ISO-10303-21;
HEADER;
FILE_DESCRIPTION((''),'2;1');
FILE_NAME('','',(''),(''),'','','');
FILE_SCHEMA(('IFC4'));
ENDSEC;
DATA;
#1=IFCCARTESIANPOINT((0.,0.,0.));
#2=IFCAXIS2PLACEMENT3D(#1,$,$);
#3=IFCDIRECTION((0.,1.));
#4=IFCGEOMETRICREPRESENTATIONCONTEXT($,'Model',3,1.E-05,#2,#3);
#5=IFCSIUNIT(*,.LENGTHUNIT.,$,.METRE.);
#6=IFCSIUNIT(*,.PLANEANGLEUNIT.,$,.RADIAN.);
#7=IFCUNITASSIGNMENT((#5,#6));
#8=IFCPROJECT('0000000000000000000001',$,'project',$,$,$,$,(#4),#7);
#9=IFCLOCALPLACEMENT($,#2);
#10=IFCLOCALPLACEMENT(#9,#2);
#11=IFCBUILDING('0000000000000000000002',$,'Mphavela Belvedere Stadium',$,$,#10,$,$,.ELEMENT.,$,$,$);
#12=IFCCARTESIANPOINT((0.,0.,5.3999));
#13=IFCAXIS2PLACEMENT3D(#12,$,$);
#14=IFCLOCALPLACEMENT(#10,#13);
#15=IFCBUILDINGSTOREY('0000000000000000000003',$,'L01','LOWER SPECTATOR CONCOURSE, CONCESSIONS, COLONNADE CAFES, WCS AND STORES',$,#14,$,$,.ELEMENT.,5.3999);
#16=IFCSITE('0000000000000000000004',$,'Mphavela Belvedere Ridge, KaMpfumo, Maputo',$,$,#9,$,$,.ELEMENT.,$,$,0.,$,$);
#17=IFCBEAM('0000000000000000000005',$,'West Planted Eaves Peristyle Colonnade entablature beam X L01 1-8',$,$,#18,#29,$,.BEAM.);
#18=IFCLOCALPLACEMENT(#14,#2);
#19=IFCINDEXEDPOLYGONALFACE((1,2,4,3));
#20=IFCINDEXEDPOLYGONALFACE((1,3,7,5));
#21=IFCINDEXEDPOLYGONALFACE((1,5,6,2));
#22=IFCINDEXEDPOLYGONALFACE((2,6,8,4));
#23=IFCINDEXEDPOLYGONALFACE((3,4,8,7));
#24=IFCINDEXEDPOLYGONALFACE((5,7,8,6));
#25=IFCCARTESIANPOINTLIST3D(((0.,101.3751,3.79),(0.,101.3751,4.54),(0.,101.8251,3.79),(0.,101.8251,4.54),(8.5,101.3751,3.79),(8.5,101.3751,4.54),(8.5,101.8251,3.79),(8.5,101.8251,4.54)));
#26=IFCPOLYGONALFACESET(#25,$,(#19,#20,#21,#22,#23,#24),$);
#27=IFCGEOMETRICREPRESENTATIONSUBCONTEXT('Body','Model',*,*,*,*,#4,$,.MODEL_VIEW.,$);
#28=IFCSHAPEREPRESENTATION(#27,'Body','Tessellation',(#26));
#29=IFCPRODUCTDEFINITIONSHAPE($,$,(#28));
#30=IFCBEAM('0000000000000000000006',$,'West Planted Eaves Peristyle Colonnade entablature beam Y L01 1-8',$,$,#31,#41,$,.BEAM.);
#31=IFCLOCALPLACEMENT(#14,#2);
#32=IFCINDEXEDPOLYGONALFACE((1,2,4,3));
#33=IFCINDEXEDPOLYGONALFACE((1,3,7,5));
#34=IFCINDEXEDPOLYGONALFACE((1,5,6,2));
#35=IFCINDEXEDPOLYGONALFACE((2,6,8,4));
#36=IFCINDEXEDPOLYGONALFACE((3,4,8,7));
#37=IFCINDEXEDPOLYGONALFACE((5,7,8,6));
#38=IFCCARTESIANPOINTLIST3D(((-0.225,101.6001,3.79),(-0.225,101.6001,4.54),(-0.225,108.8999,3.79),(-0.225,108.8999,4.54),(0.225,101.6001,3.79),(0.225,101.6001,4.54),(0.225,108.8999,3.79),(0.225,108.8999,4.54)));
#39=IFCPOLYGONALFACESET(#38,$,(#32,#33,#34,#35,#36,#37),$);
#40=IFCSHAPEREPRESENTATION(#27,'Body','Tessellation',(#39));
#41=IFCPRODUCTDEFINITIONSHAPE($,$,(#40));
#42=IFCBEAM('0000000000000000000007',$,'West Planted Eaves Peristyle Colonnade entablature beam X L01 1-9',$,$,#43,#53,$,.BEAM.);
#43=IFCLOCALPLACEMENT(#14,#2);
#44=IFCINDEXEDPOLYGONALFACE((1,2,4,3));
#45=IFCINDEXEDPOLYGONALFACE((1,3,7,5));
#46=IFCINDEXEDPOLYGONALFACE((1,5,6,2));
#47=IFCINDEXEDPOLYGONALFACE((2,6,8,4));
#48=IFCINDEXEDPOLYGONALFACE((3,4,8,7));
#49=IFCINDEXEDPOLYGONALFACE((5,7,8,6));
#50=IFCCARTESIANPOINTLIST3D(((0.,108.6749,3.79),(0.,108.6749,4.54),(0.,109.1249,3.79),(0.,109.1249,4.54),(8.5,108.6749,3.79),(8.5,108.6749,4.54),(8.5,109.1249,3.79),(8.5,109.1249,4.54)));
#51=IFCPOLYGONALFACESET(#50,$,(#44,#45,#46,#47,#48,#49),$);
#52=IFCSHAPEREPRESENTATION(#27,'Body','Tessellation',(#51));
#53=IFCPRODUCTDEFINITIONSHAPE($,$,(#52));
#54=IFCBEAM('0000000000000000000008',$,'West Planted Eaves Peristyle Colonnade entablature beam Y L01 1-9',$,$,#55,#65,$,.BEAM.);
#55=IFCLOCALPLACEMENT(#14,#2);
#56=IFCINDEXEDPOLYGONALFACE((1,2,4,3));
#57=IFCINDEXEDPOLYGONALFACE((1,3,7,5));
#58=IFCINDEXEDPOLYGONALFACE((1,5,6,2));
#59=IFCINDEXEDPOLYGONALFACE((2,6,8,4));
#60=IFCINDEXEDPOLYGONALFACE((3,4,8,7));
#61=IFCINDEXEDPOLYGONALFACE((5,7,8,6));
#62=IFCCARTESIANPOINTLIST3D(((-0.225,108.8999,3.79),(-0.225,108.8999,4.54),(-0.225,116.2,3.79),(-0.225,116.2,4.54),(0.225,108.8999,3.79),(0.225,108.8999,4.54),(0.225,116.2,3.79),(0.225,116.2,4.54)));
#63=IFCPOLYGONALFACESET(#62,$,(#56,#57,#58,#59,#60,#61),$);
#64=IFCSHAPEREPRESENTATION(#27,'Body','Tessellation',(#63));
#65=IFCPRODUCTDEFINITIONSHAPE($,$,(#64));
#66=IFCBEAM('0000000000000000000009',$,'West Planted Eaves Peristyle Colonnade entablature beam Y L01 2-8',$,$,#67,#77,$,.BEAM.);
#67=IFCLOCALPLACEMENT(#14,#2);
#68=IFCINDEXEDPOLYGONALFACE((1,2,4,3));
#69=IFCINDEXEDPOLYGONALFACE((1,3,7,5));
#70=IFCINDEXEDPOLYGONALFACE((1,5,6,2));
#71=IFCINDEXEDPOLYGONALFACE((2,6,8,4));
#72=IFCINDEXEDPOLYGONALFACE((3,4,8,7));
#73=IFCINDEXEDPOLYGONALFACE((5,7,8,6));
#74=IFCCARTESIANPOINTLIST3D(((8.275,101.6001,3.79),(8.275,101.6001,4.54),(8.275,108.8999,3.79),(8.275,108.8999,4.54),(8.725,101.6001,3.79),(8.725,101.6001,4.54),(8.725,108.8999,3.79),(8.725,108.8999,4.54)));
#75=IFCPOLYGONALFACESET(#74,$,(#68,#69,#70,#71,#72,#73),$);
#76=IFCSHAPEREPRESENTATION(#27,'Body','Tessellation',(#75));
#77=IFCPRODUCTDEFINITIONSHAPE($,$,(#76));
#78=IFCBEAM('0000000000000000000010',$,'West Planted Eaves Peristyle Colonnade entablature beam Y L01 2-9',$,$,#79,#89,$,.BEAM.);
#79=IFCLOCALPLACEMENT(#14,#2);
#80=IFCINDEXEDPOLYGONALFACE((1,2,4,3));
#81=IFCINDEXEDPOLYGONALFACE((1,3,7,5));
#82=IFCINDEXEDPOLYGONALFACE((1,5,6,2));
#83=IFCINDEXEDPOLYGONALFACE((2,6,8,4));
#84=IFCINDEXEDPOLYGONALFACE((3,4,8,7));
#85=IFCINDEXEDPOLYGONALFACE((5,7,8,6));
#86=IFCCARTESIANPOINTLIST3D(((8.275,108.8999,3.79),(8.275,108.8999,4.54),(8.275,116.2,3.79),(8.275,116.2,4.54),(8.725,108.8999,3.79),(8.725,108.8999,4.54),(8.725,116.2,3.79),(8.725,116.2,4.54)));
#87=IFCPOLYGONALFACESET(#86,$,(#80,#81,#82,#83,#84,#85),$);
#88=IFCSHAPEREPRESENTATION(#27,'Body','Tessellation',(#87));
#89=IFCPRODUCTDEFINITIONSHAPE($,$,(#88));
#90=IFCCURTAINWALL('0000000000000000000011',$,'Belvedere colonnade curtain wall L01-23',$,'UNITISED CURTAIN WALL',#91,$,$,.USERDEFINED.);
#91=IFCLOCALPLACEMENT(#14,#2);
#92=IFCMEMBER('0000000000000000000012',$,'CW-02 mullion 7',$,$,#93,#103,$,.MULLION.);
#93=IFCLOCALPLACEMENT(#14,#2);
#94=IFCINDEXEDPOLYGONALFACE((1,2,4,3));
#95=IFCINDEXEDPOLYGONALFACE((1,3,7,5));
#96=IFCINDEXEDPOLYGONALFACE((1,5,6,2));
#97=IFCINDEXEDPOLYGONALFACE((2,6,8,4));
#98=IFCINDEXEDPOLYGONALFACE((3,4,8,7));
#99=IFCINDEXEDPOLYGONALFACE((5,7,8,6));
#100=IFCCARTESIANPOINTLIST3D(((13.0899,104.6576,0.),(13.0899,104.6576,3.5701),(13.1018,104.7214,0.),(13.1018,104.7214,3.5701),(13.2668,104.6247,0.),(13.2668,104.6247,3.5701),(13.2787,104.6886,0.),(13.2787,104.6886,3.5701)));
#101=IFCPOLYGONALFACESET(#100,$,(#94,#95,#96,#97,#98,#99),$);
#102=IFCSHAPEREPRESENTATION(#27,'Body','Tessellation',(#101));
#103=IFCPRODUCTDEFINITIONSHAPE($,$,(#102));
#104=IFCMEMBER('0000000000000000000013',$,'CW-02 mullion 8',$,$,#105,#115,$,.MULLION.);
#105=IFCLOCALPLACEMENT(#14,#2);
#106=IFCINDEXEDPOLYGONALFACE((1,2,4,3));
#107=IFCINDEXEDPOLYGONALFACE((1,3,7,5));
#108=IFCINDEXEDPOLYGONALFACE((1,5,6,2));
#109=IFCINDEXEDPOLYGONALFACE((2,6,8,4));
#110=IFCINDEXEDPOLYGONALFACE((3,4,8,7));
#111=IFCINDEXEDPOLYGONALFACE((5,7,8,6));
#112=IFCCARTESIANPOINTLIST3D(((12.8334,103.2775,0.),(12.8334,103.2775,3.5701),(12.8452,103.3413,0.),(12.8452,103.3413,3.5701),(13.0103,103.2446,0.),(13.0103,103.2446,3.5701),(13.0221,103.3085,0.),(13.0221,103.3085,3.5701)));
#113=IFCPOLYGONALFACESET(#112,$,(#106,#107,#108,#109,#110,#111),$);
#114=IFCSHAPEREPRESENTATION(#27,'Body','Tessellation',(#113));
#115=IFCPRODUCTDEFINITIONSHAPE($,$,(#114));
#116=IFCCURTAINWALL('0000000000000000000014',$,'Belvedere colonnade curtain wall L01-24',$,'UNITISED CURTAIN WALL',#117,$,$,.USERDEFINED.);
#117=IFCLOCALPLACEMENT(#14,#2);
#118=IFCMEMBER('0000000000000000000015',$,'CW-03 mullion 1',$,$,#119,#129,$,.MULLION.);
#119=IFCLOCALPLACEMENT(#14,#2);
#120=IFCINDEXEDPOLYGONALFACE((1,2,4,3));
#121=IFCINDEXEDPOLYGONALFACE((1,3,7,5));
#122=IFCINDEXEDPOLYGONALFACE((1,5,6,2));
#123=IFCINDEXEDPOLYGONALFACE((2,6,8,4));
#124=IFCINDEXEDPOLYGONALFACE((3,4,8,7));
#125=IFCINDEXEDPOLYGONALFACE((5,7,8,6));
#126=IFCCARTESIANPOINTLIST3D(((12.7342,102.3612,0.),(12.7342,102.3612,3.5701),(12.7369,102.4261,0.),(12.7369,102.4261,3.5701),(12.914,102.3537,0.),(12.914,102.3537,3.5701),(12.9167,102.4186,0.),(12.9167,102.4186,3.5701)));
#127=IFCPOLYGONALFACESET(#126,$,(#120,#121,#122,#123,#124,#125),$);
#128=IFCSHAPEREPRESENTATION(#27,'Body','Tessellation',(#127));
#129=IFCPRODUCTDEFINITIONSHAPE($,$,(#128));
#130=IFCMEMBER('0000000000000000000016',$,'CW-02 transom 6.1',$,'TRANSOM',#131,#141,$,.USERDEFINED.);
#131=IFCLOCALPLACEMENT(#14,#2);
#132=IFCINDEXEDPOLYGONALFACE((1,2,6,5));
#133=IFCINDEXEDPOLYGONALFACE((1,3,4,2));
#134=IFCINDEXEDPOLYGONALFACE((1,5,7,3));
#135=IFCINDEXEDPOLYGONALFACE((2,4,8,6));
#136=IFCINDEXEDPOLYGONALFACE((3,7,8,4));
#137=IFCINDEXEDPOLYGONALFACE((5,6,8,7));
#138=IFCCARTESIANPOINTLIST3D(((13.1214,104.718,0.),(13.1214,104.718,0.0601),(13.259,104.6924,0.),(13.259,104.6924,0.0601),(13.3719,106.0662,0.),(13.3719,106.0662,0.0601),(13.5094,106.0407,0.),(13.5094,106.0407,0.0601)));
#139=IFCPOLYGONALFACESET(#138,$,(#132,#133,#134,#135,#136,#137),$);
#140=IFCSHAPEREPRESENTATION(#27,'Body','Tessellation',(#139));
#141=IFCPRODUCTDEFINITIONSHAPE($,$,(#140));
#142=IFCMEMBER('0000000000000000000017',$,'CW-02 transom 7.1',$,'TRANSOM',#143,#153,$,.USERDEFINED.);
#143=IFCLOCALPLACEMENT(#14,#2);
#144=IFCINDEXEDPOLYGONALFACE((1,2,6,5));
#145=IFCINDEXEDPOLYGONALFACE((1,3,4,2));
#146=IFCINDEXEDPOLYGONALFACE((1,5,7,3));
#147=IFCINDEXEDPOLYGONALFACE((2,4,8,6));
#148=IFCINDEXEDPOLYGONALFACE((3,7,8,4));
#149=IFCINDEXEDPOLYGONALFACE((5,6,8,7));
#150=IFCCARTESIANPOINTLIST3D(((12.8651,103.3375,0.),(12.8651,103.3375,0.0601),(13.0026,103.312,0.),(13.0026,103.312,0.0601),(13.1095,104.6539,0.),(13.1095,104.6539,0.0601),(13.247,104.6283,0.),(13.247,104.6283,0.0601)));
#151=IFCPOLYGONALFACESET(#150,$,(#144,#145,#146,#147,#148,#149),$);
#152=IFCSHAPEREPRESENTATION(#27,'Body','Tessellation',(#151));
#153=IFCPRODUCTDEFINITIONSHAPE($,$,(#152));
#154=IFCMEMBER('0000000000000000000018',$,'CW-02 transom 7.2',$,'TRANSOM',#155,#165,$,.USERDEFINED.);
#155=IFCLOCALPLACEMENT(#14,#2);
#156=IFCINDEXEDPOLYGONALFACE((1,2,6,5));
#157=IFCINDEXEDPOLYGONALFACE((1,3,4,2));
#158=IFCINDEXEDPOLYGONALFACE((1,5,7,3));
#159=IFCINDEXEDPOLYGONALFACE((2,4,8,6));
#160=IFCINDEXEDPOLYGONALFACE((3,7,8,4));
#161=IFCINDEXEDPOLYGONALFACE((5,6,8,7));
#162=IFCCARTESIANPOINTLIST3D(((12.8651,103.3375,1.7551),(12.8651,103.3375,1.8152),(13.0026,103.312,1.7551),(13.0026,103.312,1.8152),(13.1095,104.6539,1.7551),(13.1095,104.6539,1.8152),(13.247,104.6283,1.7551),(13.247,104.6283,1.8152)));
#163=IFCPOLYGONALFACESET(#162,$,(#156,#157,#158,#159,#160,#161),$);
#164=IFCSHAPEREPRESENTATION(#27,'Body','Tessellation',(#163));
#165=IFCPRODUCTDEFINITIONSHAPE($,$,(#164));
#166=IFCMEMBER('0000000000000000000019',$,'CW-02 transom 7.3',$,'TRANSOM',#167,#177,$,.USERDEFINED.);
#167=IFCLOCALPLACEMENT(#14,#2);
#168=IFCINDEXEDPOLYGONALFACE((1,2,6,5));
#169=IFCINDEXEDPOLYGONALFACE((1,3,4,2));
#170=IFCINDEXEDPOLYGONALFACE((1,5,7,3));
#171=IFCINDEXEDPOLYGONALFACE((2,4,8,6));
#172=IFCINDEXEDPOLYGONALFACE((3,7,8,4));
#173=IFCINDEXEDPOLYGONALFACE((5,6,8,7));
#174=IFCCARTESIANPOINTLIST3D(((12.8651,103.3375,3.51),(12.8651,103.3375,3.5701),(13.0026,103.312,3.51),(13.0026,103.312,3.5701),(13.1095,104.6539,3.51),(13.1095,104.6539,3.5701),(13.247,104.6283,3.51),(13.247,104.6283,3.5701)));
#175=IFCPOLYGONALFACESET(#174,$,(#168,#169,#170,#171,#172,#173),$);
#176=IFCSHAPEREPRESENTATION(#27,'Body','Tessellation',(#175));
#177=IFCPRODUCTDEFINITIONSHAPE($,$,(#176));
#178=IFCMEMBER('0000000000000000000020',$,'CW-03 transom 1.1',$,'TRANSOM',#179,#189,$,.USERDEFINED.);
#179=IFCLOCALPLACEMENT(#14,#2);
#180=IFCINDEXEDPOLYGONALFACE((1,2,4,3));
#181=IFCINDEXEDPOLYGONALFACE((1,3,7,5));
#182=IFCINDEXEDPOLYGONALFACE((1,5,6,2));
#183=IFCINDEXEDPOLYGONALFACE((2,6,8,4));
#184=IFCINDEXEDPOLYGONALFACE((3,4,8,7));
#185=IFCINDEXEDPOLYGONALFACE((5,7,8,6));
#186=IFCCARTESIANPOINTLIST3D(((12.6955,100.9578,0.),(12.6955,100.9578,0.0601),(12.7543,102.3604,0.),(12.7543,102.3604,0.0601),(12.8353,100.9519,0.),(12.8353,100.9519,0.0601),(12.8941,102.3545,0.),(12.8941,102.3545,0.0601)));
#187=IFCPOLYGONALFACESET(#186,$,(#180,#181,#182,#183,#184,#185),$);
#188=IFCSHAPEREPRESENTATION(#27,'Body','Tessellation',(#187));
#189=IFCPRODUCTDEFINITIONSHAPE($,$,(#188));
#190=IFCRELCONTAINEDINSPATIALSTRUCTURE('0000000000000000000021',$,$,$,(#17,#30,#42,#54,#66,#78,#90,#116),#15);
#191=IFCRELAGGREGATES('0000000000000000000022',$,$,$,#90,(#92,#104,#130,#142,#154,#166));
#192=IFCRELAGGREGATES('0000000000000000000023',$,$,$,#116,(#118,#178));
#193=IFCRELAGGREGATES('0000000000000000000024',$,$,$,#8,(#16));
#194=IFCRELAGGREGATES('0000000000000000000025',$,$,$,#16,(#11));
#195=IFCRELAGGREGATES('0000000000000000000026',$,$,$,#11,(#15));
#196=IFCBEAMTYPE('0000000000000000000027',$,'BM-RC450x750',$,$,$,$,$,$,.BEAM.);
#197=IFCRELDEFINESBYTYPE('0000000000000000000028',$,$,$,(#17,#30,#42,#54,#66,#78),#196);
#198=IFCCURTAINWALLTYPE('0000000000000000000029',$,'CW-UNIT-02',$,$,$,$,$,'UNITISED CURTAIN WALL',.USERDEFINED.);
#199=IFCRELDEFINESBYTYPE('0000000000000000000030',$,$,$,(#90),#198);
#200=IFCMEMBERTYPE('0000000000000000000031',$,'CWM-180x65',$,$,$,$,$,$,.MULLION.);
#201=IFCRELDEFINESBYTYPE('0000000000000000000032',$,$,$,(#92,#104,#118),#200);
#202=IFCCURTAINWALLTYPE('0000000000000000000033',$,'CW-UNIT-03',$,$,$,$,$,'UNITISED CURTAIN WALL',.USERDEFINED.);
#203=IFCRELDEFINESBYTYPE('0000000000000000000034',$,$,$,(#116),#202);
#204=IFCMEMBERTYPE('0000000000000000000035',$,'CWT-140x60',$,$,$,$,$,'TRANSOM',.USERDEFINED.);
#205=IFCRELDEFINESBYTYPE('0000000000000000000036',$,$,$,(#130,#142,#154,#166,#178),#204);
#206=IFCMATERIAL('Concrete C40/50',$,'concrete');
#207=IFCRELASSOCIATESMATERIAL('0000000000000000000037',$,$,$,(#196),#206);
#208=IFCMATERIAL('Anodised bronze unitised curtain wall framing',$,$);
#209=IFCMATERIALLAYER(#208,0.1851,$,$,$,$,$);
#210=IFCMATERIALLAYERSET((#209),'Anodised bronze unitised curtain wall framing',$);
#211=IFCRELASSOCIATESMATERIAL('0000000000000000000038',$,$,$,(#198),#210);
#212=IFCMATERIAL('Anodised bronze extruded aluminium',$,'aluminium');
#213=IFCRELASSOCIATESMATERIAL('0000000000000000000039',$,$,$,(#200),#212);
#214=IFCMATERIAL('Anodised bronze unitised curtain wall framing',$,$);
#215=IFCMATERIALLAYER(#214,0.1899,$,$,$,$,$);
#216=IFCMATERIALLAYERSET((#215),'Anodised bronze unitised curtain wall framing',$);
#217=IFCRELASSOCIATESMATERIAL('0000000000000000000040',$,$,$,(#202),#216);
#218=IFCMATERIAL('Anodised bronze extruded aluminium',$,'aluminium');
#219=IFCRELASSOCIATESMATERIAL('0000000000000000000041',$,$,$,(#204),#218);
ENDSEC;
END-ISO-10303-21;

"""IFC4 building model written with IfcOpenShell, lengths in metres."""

from ifc_helpers import new_model, si_unit, direction, frame, origin, origin_2d, place, context, subcontext, project, spatial, rectangle, extrude, material, layer, layer_set, material_profile, profile_set, type_object, element, aggregate, save


model = new_model("IFC4")

# Units and contexts
model_context = context("Model", 3, precision=1e-05, world=origin(), true_north=direction((0.0, 1.0)))
body_context = subcontext(model_context, "Body", "Model", "MODEL_VIEW")
ifc_project = project(units=[si_unit("LENGTHUNIT", "METRE"), si_unit("PLANEANGLEUNIT", "RADIAN")], contexts=[model_context])

# Site, building, storey
site_placement = place(None, origin())
site = spatial("IfcSite", under=ifc_project, at=site_placement, Name="Mphavela Belvedere Ridge, KaMpfumo, Maputo", CompositionType="ELEMENT", RefElevation=0.0)
building_placement = place(site_placement, origin())
building = spatial("IfcBuilding", under=site, at=building_placement, Name="Mphavela Belvedere Stadium", CompositionType="ELEMENT")
storey_placement = place(building_placement, frame((0.0, 0.0, 5.3999)))
storey = spatial("IfcBuildingStorey", under=building, at=storey_placement, Name="L01", Description="LOWER SPECTATOR CONCOURSE, CONCESSIONS, COLONNADE CAFES, WCS AND STORES", CompositionType="ELEMENT", Elevation=5.3999)

# Beams
ifc_material_1 = material(Name="Concrete C40/50", Category="concrete")
ifc_material_profile_1 = material_profile(ifc_material_1, rectangle(XDim=0.45, YDim=0.75, at=origin_2d()), Name="RC 450x750")
ifc_profile_set_1 = profile_set([ifc_material_profile_1], Name="Concrete C40/50")
beam_type_1 = type_object("IfcBeamType", Name="BM-RC450x750", PredefinedType="BEAM", material=ifc_profile_set_1)
beam_1_placement = place(storey_placement, frame((0.0, 101.6001, 4.165), z_axis=(1.0, 0.0, 0.0), x_axis=(0.0, 1.0, 0.0)))
element("IfcBeam", 1, at=beam_1_placement, inside=storey, type_object=beam_type_1, Name="West Planted Eaves Peristyle Colonnade entablature beam X L01 1-8", PredefinedType="BEAM", context=body_context, shape_type="SweptSolid", body=[
    extrude(rectangle(XDim=0.45, YDim=0.75, at=origin_2d()), origin(), (0.0, 0.0, 1.0), 8.5),
])
beam_2_placement = place(storey_placement, frame((0.0, 101.6001, 4.165), z_axis=(0.0, 1.0, 0.0), x_axis=(-1.0, 0.0, 0.0)))
element("IfcBeam", 2, at=beam_2_placement, inside=storey, type_object=beam_type_1, Name="West Planted Eaves Peristyle Colonnade entablature beam Y L01 1-8", PredefinedType="BEAM", context=body_context, shape_type="SweptSolid", body=[
    extrude(rectangle(XDim=0.45, YDim=0.75, at=origin_2d()), origin(), (0.0, 0.0, 1.0), 7.2998),
])
beam_3_placement = place(storey_placement, frame((0.0, 108.8999, 4.165), z_axis=(1.0, 0.0, 0.0), x_axis=(0.0, 1.0, 0.0)))
element("IfcBeam", 3, at=beam_3_placement, inside=storey, type_object=beam_type_1, Name="West Planted Eaves Peristyle Colonnade entablature beam X L01 1-9", PredefinedType="BEAM", context=body_context, shape_type="SweptSolid", body=[
    extrude(rectangle(XDim=0.45, YDim=0.75, at=origin_2d()), origin(), (0.0, 0.0, 1.0), 8.5),
])
beam_4_placement = place(storey_placement, frame((0.0, 108.8999, 4.165), z_axis=(0.0, 1.0, 0.0), x_axis=(-1.0, 0.0, 0.0)))
element("IfcBeam", 4, at=beam_4_placement, inside=storey, type_object=beam_type_1, Name="West Planted Eaves Peristyle Colonnade entablature beam Y L01 1-9", PredefinedType="BEAM", context=body_context, shape_type="SweptSolid", body=[
    extrude(rectangle(XDim=0.45, YDim=0.75, at=origin_2d()), origin(), (0.0, 0.0, 1.0), 7.3),
])
beam_5_placement = place(storey_placement, frame((8.5, 101.6001, 4.165), z_axis=(0.0, 1.0, 0.0), x_axis=(-1.0, 0.0, 0.0)))
element("IfcBeam", 5, at=beam_5_placement, inside=storey, type_object=beam_type_1, Name="West Planted Eaves Peristyle Colonnade entablature beam Y L01 2-8", PredefinedType="BEAM", context=body_context, shape_type="SweptSolid", body=[
    extrude(rectangle(XDim=0.45, YDim=0.75, at=origin_2d()), origin(), (0.0, 0.0, 1.0), 7.2998),
])
beam_6_placement = place(storey_placement, frame((8.5, 108.8999, 4.165), z_axis=(0.0, 1.0, 0.0), x_axis=(-1.0, 0.0, 0.0)))
element("IfcBeam", 6, at=beam_6_placement, inside=storey, type_object=beam_type_1, Name="West Planted Eaves Peristyle Colonnade entablature beam Y L01 2-9", PredefinedType="BEAM", context=body_context, shape_type="SweptSolid", body=[
    extrude(rectangle(XDim=0.45, YDim=0.75, at=origin_2d()), origin(), (0.0, 0.0, 1.0), 7.3),
])

# Curtain wall, members
ifc_material_2 = material(Name="Anodised bronze unitised curtain wall framing")
ifc_layer_1 = layer(ifc_material_2, 0.1851)
ifc_layer_set_1 = layer_set([ifc_layer_1], Name="Anodised bronze unitised curtain wall framing")
curtain_wall_type_1 = type_object("IfcCurtainWallType", Name="CW-UNIT-02", ElementType="UNITISED CURTAIN WALL", PredefinedType="USERDEFINED", material=ifc_layer_set_1)
curtain_wall_1_placement = place(storey_placement, origin())
curtain_wall_1 = element("IfcCurtainWall", 7, at=curtain_wall_1_placement, inside=storey, type_object=curtain_wall_type_1, Name="Belvedere colonnade curtain wall L01-23", ObjectType="UNITISED CURTAIN WALL", PredefinedType="USERDEFINED")
ifc_material_3 = material(Name="Anodised bronze extruded aluminium", Category="aluminium")
ifc_material_profile_2 = material_profile(ifc_material_3, rectangle(XDim=0.1799, YDim=0.0649, at=origin_2d()), Name="CW-MUL 180x65")
ifc_profile_set_2 = profile_set([ifc_material_profile_2], Name="Anodised bronze extruded aluminium")
member_type_1 = type_object("IfcMemberType", Name="CWM-180x65", PredefinedType="MULLION", material=ifc_profile_set_2)
member_1_placement = place(storey_placement, frame((13.1843, 104.6731, 0.0), z_axis=(0.0, 0.0, 1.0), x_axis=(0.983184, -0.18262, 0.0)))
member_1 = element("IfcMember", 8, at=member_1_placement, type_object=member_type_1, Name="CW-02 mullion 7", PredefinedType="MULLION", context=body_context, shape_type="SweptSolid", body=[
    extrude(rectangle(XDim=0.1799, YDim=0.0649, at=origin_2d()), origin(), (0.0, 0.0, 1.0), 3.5701),
])
member_2_placement = place(storey_placement, frame((12.9277, 103.293, 0.0), z_axis=(0.0, 0.0, 1.0), x_axis=(0.983184, -0.18262, 0.0)))
member_2 = element("IfcMember", 9, at=member_2_placement, type_object=member_type_1, Name="CW-02 mullion 8", PredefinedType="MULLION", context=body_context, shape_type="SweptSolid", body=[
    extrude(rectangle(XDim=0.1799, YDim=0.0649, at=origin_2d()), origin(), (0.0, 0.0, 1.0), 3.5701),
])

# Curtain wall, member
ifc_material_4 = material(Name="Anodised bronze unitised curtain wall framing")
ifc_layer_2 = layer(ifc_material_4, 0.1899)
ifc_layer_set_2 = layer_set([ifc_layer_2], Name="Anodised bronze unitised curtain wall framing")
curtain_wall_type_2 = type_object("IfcCurtainWallType", Name="CW-UNIT-03", ElementType="UNITISED CURTAIN WALL", PredefinedType="USERDEFINED", material=ifc_layer_set_2)
curtain_wall_2_placement = place(storey_placement, origin())
curtain_wall_2 = element("IfcCurtainWall", 10, at=curtain_wall_2_placement, inside=storey, type_object=curtain_wall_type_2, Name="Belvedere colonnade curtain wall L01-24", ObjectType="UNITISED CURTAIN WALL", PredefinedType="USERDEFINED")
member_3_placement = place(storey_placement, frame((12.8254, 102.3899, 0.0), z_axis=(0.0, 0.0, 1.0), x_axis=(0.999121, -0.04191, 0.0)))
member_3 = element("IfcMember", 11, at=member_3_placement, type_object=member_type_1, Name="CW-03 mullion 1", PredefinedType="MULLION", context=body_context, shape_type="SweptSolid", body=[
    extrude(rectangle(XDim=0.1799, YDim=0.0649, at=origin_2d()), origin(), (0.0, 0.0, 1.0), 3.5701),
])

# Members
ifc_material_5 = material(Name="Anodised bronze extruded aluminium", Category="aluminium")
ifc_material_profile_3 = material_profile(ifc_material_5, rectangle(XDim=0.1399, YDim=0.0601, at=origin_2d()), Name="CW-TRN 140x60")
ifc_profile_set_3 = profile_set([ifc_material_profile_3], Name="Anodised bronze extruded aluminium")
member_type_2 = type_object("IfcMemberType", Name="CWT-140x60", ElementType="TRANSOM", PredefinedType="USERDEFINED", material=ifc_profile_set_3)
member_4_placement = place(storey_placement, frame((13.4407, 106.0535, 0.03), z_axis=(-0.182644, -0.983179, 0.0), x_axis=(0.983179, -0.182644, 0.0)))
member_4 = element("IfcMember", 12, at=member_4_placement, type_object=member_type_2, Name="CW-02 transom 6.1", ObjectType="TRANSOM", PredefinedType="USERDEFINED", context=body_context, shape_type="SweptSolid", body=[
    extrude(rectangle(XDim=0.1399, YDim=0.0601, at=origin_2d()), origin(), (0.0, 0.0, 1.0), 1.3713),
])
member_5_placement = place(storey_placement, frame((13.1782, 104.6411, 0.03), z_axis=(-0.182527, -0.983201, 0.0), x_axis=(0.983201, -0.182527, 0.0)))
member_5 = element("IfcMember", 13, at=member_5_placement, type_object=member_type_2, Name="CW-02 transom 7.1", ObjectType="TRANSOM", PredefinedType="USERDEFINED", context=body_context, shape_type="SweptSolid", body=[
    extrude(rectangle(XDim=0.1399, YDim=0.0601, at=origin_2d()), origin(), (0.0, 0.0, 1.0), 1.3389),
])
member_6_placement = place(storey_placement, frame((13.1782, 104.6411, 1.7852), z_axis=(-0.182527, -0.983201, 0.0), x_axis=(0.983201, -0.182527, 0.0)))
member_6 = element("IfcMember", 14, at=member_6_placement, type_object=member_type_2, Name="CW-02 transom 7.2", ObjectType="TRANSOM", PredefinedType="USERDEFINED", context=body_context, shape_type="SweptSolid", body=[
    extrude(rectangle(XDim=0.1399, YDim=0.0601, at=origin_2d()), origin(), (0.0, 0.0, 1.0), 1.3389),
])
member_7_placement = place(storey_placement, frame((13.1782, 104.6411, 3.54), z_axis=(-0.182527, -0.983201, 0.0), x_axis=(0.983201, -0.182527, 0.0)))
member_7 = element("IfcMember", 15, at=member_7_placement, type_object=member_type_2, Name="CW-02 transom 7.3", ObjectType="TRANSOM", PredefinedType="USERDEFINED", context=body_context, shape_type="SweptSolid", body=[
    extrude(rectangle(XDim=0.1399, YDim=0.0601, at=origin_2d()), origin(), (0.0, 0.0, 1.0), 1.3389),
])
member_8_placement = place(storey_placement, frame((12.8242, 102.3574, 0.03), z_axis=(-0.041913, -0.999121, 0.0), x_axis=(0.999121, -0.041913, 0.0)))
member_8 = element("IfcMember", 16, at=member_8_placement, type_object=member_type_2, Name="CW-03 transom 1.1", ObjectType="TRANSOM", PredefinedType="USERDEFINED", context=body_context, shape_type="SweptSolid", body=[
    extrude(rectangle(XDim=0.1399, YDim=0.0601, at=origin_2d()), origin(), (0.0, 0.0, 1.0), 1.4038),
])

aggregate(curtain_wall_1, [member_1, member_2, member_4, member_5, member_6, member_7])
aggregate(curtain_wall_2, [member_3, member_8])

save(model, "model.ifc")
